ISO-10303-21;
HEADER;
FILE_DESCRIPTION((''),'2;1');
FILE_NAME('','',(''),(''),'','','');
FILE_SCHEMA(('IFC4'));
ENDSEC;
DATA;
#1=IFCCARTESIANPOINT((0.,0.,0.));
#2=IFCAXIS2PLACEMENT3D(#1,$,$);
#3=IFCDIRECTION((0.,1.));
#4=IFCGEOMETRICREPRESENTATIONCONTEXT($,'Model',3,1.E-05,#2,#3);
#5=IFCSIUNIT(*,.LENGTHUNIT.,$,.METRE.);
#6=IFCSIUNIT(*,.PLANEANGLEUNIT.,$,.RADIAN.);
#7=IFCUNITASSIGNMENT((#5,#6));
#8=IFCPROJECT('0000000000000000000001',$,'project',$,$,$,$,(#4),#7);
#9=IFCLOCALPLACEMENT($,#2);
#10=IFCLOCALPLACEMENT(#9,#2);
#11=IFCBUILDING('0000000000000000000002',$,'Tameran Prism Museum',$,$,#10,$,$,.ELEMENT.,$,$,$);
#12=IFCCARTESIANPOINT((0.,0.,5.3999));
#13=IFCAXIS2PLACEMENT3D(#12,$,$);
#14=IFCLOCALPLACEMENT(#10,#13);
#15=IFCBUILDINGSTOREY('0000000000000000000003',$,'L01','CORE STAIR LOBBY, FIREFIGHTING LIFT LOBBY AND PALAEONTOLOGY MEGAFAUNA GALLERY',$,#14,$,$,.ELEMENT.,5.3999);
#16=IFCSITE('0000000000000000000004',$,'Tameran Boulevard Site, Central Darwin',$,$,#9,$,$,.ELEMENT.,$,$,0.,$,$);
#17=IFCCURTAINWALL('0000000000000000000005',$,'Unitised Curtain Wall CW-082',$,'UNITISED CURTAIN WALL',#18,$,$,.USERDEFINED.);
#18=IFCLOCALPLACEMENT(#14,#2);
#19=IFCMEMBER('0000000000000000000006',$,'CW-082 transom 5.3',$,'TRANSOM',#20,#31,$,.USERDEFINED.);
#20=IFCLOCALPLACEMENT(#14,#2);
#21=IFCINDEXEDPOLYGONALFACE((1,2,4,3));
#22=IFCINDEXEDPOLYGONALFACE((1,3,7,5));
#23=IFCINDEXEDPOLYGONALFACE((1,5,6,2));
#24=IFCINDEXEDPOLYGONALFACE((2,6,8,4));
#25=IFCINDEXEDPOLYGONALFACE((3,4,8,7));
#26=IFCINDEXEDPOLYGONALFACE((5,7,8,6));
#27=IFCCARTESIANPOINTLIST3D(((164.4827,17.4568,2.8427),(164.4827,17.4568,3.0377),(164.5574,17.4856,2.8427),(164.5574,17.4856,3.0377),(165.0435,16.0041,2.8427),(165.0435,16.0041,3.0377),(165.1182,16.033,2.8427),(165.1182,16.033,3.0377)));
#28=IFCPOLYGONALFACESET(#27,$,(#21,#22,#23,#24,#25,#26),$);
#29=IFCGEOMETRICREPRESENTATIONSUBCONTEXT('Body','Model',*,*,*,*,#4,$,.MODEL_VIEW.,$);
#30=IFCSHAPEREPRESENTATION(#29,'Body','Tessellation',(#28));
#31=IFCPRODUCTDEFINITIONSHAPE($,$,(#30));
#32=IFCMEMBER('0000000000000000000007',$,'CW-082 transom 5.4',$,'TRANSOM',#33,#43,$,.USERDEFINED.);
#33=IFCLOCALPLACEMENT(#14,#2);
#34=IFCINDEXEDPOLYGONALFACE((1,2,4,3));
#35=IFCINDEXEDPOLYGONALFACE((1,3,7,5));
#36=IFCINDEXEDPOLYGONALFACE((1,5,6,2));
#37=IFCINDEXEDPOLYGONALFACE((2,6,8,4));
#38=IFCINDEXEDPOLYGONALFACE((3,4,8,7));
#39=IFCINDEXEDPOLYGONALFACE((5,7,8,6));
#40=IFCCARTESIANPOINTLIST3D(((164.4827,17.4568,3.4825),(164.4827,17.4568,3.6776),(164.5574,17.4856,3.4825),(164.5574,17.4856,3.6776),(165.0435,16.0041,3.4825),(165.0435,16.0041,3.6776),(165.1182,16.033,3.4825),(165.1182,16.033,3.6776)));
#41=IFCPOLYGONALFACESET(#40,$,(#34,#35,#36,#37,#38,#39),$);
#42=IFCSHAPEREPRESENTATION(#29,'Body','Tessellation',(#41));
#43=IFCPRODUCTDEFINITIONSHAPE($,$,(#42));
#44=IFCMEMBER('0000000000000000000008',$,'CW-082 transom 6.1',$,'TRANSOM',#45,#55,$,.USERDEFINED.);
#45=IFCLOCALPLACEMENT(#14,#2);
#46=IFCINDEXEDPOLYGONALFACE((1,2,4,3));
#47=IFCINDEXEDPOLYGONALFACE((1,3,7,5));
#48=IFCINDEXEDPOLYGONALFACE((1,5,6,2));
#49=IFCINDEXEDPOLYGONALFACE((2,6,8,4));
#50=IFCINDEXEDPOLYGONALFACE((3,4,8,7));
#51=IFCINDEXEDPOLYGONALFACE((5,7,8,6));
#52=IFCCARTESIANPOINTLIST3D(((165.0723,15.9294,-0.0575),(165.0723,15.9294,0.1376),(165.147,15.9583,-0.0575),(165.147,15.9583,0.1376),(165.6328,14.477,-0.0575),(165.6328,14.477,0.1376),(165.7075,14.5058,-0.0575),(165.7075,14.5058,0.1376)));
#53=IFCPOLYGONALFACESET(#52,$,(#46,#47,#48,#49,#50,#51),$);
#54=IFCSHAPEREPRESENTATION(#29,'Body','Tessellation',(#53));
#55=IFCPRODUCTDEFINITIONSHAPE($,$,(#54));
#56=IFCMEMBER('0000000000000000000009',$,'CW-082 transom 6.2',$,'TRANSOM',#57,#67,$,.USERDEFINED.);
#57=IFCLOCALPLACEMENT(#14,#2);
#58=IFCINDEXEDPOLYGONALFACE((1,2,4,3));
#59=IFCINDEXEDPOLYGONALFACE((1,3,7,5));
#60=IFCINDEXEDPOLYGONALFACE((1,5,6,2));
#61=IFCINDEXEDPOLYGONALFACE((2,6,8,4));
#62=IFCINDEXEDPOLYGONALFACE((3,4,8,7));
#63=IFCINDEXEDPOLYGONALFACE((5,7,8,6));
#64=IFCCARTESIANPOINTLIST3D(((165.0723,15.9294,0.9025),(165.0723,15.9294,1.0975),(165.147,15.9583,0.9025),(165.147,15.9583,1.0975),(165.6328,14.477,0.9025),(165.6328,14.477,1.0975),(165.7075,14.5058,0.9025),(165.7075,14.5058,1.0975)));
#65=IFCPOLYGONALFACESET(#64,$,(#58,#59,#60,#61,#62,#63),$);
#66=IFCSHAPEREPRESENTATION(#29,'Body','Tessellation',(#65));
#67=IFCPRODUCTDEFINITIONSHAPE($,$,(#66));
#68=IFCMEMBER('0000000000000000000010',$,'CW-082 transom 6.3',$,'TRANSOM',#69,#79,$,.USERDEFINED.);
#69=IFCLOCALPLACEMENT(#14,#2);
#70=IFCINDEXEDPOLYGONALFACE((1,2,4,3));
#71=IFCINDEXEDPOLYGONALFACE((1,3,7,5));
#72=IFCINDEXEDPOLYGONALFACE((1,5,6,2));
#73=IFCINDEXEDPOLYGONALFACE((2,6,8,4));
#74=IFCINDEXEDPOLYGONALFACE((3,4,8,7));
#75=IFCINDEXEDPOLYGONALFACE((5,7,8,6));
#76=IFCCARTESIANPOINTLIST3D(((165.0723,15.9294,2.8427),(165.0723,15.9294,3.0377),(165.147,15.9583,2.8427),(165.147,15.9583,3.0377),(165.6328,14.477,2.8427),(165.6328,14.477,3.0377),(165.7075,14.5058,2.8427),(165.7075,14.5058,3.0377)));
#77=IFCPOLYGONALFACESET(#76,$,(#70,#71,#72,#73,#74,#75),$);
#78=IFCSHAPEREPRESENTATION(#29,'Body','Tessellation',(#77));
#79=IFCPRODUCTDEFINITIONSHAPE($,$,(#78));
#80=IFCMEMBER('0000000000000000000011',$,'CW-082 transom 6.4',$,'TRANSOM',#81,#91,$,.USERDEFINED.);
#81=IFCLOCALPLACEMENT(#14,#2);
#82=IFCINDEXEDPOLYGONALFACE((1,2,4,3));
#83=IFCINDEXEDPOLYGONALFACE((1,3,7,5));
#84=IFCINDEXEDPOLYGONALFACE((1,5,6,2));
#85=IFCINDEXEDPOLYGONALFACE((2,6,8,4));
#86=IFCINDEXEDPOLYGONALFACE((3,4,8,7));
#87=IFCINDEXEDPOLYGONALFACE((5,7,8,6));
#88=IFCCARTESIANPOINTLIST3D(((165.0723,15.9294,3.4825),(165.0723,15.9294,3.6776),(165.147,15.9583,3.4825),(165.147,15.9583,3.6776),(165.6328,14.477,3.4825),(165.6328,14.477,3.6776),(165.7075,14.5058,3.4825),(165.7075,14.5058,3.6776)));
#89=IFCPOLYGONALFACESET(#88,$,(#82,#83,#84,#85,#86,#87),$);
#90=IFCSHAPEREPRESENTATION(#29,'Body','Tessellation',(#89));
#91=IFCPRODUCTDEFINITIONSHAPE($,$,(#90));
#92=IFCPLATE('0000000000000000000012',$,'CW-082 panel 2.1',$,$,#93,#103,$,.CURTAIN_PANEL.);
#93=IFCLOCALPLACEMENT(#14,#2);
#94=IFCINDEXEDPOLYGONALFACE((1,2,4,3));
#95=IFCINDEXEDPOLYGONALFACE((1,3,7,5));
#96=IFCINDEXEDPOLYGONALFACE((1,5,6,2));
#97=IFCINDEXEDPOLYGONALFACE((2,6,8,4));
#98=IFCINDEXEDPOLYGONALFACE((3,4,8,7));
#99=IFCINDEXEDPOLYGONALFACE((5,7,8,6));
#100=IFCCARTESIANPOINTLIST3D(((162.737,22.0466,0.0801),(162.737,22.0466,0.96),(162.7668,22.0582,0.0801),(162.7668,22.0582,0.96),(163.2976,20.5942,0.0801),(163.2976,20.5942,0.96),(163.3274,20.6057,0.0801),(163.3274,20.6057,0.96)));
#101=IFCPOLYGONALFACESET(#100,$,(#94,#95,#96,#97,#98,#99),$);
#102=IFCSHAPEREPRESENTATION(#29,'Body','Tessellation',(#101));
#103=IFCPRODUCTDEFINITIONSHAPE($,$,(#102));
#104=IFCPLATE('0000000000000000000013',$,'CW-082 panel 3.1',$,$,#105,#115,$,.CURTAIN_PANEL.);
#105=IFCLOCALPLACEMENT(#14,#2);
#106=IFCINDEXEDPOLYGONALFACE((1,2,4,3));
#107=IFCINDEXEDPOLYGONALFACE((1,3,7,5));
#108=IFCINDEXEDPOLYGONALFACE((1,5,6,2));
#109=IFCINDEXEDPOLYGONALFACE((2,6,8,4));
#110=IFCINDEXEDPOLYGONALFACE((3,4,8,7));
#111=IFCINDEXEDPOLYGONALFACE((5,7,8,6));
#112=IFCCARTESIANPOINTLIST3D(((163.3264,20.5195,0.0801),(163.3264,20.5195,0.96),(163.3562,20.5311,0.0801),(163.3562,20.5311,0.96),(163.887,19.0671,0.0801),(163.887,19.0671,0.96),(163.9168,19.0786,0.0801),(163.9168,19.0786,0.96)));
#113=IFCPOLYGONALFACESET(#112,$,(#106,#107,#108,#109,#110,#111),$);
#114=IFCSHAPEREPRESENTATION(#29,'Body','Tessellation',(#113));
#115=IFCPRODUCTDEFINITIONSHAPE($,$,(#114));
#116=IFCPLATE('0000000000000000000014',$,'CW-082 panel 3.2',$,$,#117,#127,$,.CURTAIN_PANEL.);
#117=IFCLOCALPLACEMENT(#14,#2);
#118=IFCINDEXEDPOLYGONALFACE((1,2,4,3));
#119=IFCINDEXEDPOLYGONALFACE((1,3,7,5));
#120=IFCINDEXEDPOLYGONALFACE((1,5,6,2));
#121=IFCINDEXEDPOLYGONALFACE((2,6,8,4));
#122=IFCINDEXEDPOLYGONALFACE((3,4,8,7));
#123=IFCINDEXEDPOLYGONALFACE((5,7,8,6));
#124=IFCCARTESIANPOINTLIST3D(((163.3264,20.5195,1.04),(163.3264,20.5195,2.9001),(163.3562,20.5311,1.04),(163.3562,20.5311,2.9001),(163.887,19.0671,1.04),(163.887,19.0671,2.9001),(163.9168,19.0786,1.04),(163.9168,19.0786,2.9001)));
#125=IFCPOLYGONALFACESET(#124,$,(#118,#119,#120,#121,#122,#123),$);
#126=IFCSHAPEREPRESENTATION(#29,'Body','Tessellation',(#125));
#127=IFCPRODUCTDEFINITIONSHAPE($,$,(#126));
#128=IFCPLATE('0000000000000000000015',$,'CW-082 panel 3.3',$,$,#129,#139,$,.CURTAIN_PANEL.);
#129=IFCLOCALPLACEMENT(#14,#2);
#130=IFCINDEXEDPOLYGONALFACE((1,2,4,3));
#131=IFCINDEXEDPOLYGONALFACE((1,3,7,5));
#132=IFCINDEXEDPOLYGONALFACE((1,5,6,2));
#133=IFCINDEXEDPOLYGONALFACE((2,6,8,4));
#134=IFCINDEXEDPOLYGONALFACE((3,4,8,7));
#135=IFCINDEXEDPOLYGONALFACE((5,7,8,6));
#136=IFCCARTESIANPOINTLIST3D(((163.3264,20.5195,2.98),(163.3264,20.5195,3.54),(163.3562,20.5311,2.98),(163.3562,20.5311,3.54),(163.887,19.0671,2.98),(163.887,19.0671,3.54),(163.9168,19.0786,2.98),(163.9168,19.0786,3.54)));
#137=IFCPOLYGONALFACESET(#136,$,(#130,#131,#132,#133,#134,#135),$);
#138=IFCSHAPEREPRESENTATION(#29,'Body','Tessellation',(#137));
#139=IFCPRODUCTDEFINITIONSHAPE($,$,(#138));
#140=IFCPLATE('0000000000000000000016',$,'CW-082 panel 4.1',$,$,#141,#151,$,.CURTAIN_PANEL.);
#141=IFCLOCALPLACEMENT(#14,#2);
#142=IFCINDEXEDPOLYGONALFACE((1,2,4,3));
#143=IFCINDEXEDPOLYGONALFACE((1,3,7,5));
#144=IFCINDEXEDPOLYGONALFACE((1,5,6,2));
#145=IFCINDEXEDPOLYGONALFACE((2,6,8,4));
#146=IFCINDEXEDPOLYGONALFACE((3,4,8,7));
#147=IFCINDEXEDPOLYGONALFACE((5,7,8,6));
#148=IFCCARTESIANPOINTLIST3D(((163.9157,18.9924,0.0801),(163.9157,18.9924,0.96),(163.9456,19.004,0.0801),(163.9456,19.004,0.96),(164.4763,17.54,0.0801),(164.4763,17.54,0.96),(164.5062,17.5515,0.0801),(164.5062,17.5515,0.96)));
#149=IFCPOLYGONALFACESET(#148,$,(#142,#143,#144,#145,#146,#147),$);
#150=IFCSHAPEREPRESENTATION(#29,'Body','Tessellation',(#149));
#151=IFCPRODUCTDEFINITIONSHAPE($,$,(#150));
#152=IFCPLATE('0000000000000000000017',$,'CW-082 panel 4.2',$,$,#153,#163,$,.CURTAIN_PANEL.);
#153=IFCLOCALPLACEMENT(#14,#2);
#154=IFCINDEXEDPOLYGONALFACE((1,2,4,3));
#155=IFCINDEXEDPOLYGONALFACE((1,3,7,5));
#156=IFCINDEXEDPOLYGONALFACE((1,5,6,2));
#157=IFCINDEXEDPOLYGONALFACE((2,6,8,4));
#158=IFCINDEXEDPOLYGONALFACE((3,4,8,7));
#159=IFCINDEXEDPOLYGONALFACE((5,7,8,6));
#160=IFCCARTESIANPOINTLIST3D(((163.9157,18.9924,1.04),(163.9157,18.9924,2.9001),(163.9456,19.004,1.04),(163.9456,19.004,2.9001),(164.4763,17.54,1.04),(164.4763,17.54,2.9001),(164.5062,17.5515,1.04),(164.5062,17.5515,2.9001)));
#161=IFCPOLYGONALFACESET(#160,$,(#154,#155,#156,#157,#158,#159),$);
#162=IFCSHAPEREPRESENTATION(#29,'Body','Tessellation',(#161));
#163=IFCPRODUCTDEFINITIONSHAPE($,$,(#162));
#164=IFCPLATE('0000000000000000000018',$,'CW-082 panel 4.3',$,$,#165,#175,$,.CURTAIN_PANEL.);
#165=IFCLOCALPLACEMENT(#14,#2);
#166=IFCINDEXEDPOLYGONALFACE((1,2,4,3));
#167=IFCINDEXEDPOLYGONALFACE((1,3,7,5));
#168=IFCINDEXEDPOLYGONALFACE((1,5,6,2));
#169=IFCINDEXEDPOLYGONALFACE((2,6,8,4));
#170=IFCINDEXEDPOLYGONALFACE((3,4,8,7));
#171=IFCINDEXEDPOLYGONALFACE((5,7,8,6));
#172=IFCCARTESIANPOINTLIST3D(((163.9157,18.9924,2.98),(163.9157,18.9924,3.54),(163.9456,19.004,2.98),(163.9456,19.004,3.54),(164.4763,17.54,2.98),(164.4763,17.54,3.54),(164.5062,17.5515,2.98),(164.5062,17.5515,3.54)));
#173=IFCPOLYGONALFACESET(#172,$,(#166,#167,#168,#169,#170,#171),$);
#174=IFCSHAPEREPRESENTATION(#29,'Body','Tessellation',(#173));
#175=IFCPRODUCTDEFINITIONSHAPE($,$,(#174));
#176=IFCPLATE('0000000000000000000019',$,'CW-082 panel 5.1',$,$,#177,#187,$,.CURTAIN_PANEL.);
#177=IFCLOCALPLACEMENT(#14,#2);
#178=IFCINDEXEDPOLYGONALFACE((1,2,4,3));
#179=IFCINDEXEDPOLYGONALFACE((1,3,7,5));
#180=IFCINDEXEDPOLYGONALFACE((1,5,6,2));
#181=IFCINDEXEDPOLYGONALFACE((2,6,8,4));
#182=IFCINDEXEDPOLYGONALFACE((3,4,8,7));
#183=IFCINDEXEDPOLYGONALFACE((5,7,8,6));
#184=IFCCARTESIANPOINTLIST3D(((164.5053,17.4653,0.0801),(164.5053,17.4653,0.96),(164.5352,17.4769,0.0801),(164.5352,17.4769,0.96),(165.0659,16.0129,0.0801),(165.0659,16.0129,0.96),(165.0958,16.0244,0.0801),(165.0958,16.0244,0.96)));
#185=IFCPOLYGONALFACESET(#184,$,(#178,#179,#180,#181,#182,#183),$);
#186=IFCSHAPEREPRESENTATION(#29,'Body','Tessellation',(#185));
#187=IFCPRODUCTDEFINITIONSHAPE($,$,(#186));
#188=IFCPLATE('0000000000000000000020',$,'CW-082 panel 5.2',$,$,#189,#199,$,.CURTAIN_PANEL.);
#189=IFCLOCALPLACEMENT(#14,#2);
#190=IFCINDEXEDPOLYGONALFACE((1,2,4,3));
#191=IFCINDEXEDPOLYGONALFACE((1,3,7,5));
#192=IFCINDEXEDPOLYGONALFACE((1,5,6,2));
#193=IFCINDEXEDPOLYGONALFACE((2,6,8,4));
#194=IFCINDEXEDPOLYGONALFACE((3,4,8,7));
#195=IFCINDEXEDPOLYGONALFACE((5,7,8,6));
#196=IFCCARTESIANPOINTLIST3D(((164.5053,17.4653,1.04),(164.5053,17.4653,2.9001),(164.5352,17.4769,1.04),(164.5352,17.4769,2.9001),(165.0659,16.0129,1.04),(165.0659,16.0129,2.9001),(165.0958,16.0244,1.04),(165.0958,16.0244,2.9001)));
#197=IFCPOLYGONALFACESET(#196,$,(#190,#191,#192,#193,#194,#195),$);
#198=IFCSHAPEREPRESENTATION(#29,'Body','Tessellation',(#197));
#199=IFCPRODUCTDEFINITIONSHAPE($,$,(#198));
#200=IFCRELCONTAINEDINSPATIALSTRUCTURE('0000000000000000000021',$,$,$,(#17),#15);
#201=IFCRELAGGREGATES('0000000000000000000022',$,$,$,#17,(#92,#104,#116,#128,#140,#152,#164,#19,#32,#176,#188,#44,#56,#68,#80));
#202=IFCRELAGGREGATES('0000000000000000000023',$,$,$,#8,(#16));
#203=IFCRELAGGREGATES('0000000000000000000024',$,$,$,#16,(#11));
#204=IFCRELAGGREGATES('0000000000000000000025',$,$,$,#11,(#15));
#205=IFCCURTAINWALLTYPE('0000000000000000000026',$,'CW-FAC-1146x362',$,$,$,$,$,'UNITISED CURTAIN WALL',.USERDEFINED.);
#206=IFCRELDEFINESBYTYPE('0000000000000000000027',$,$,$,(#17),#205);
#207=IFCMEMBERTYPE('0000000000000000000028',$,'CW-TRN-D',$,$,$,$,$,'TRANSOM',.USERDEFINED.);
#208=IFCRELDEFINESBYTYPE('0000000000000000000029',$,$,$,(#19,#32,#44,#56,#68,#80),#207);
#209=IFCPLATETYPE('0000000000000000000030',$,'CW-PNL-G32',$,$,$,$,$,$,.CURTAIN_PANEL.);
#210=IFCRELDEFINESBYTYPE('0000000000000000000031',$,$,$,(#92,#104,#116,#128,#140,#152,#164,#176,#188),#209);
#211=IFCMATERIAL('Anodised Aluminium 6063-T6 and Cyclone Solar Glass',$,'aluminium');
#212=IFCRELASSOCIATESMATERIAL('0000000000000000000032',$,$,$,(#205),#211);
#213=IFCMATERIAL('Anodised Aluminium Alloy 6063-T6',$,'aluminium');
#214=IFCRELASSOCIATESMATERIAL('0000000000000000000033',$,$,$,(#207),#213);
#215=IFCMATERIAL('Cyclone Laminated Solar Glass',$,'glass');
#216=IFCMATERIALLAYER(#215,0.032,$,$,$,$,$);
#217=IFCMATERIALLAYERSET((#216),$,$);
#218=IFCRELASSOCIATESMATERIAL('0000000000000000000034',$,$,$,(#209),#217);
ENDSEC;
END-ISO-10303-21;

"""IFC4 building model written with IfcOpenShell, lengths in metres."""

from ifc_helpers import new_model, si_unit, direction, frame, origin, origin_2d, place, context, subcontext, project, spatial, rectangle, extrude, material, layer, layer_set, material_profile, profile_set, type_object, element, aggregate, save


model = new_model("IFC4")

# Units and contexts
model_context = context("Model", 3, precision=1e-05, world=origin(), true_north=direction((0.0, 1.0)))
body_context = subcontext(model_context, "Body", "Model", "MODEL_VIEW")
ifc_project = project(units=[si_unit("LENGTHUNIT", "METRE"), si_unit("PLANEANGLEUNIT", "RADIAN")], contexts=[model_context])

# Site, building, storey
site_placement = place(None, origin())
site = spatial("IfcSite", under=ifc_project, at=site_placement, Name="Tameran Boulevard Site, Central Darwin", CompositionType="ELEMENT", RefElevation=0.0)
building_placement = place(site_placement, origin())
building = spatial("IfcBuilding", under=site, at=building_placement, Name="Tameran Prism Museum", CompositionType="ELEMENT")
storey_placement = place(building_placement, frame((0.0, 0.0, 5.3999)))
storey = spatial("IfcBuildingStorey", under=building, at=storey_placement, Name="L01", Description="CORE STAIR LOBBY, FIREFIGHTING LIFT LOBBY AND PALAEONTOLOGY MEGAFAUNA GALLERY", CompositionType="ELEMENT", Elevation=5.3999)

# Curtain wall, members, plates
ifc_material_1 = material(Name="Anodised Aluminium 6063-T6 and Cyclone Solar Glass", Category="aluminium")
curtain_wall_type = type_object("IfcCurtainWallType", Name="CW-FAC-1146x362", ElementType="UNITISED CURTAIN WALL", PredefinedType="USERDEFINED", material=ifc_material_1)
curtain_wall_placement = place(storey_placement, origin())
curtain_wall = element("IfcCurtainWall", 1, at=curtain_wall_placement, inside=storey, type_object=curtain_wall_type, Name="Unitised Curtain Wall CW-082", ObjectType="UNITISED CURTAIN WALL", PredefinedType="USERDEFINED")
ifc_material_2 = material(Name="Anodised Aluminium Alloy 6063-T6", Category="aluminium")
ifc_material_profile_1 = material_profile(ifc_material_2, rectangle(XDim=0.0801, YDim=0.1951, at=origin_2d()))
ifc_profile_set_1 = profile_set([ifc_material_profile_1])
member_type_1 = type_object("IfcMemberType", Name="CW-TRN-D", ElementType="TRANSOM", PredefinedType="USERDEFINED", material=ifc_profile_set_1)
member_1_placement = place(storey_placement, frame((164.52, 17.4712, 2.9402), z_axis=(0.360145, -0.932896, 0.0), x_axis=(0.932896, 0.360145, 0.0)))
member_1 = element("IfcMember", 2, at=member_1_placement, type_object=member_type_1, Name="CW-082 transom 5.3", ObjectType="TRANSOM", PredefinedType="USERDEFINED", context=body_context, shape_type="SweptSolid", body=[
    extrude(rectangle(XDim=0.0801, YDim=0.1951, at=origin_2d()), origin(), (0.0, 0.0, 1.0), 1.5571),
])
member_2_placement = place(storey_placement, frame((164.52, 17.4712, 3.5801), z_axis=(0.360145, -0.932896, 0.0), x_axis=(0.932896, 0.360145, 0.0)))
member_2 = element("IfcMember", 3, at=member_2_placement, type_object=member_type_1, Name="CW-082 transom 5.4", ObjectType="TRANSOM", PredefinedType="USERDEFINED", context=body_context, shape_type="SweptSolid", body=[
    extrude(rectangle(XDim=0.0801, YDim=0.1951, at=origin_2d()), origin(), (0.0, 0.0, 1.0), 1.5571),
])
member_3_placement = place(storey_placement, frame((165.1096, 15.9438, 0.04), z_axis=(0.360061, -0.932929, 0.0), x_axis=(0.932929, 0.360061, 0.0)))
member_3 = element("IfcMember", 4, at=member_3_placement, type_object=member_type_1, Name="CW-082 transom 6.1", ObjectType="TRANSOM", PredefinedType="USERDEFINED", context=body_context, shape_type="SweptSolid", body=[
    extrude(rectangle(XDim=0.0801, YDim=0.1951, at=origin_2d()), origin(), (0.0, 0.0, 1.0), 1.5569),
])
member_4_placement = place(storey_placement, frame((165.1096, 15.9438, 1.0), z_axis=(0.360061, -0.932929, 0.0), x_axis=(0.932929, 0.360061, 0.0)))
member_4 = element("IfcMember", 5, at=member_4_placement, type_object=member_type_1, Name="CW-082 transom 6.2", ObjectType="TRANSOM", PredefinedType="USERDEFINED", context=body_context, shape_type="SweptSolid", body=[
    extrude(rectangle(XDim=0.0801, YDim=0.1951, at=origin_2d()), origin(), (0.0, 0.0, 1.0), 1.5569),
])
member_5_placement = place(storey_placement, frame((165.1096, 15.9438, 2.9402), z_axis=(0.360061, -0.932929, 0.0), x_axis=(0.932929, 0.360061, 0.0)))
member_5 = element("IfcMember", 6, at=member_5_placement, type_object=member_type_1, Name="CW-082 transom 6.3", ObjectType="TRANSOM", PredefinedType="USERDEFINED", context=body_context, shape_type="SweptSolid", body=[
    extrude(rectangle(XDim=0.0801, YDim=0.1951, at=origin_2d()), origin(), (0.0, 0.0, 1.0), 1.5569),
])
member_6_placement = place(storey_placement, frame((165.1096, 15.9438, 3.5801), z_axis=(0.360061, -0.932929, 0.0), x_axis=(0.932929, 0.360061, 0.0)))
member_6 = element("IfcMember", 7, at=member_6_placement, type_object=member_type_1, Name="CW-082 transom 6.4", ObjectType="TRANSOM", PredefinedType="USERDEFINED", context=body_context, shape_type="SweptSolid", body=[
    extrude(rectangle(XDim=0.0801, YDim=0.1951, at=origin_2d()), origin(), (0.0, 0.0, 1.0), 1.5569),
])
ifc_material_3 = material(Name="Cyclone Laminated Solar Glass", Category="glass")
ifc_layer = layer(ifc_material_3, 0.032)
ifc_layer_set = layer_set([ifc_layer])
plate_type = type_object("IfcPlateType", Name="CW-PNL-G32", PredefinedType="CURTAIN_PANEL", material=ifc_layer_set)
plate_1_placement = place(storey_placement, frame((163.0322, 21.3262, 0.0801), z_axis=(0.0, 0.0, 1.0), x_axis=(0.360078, -0.932922, 0.0)))
plate_1 = element("IfcPlate", 8, at=plate_1_placement, type_object=plate_type, Name="CW-082 panel 2.1", PredefinedType="CURTAIN_PANEL", context=body_context, shape_type="SweptSolid", body=[
    extrude(rectangle(XDim=1.5569, YDim=0.032, at=origin_2d()), origin(), (0.0, 0.0, 1.0), 0.8799),
])
plate_2_placement = place(storey_placement, frame((163.6216, 19.7991, 0.0801), z_axis=(0.0, 0.0, 1.0), x_axis=(0.360078, -0.932922, 0.0)))
plate_2 = element("IfcPlate", 9, at=plate_2_placement, type_object=plate_type, Name="CW-082 panel 3.1", PredefinedType="CURTAIN_PANEL", context=body_context, shape_type="SweptSolid", body=[
    extrude(rectangle(XDim=1.5569, YDim=0.032, at=origin_2d()), origin(), (0.0, 0.0, 1.0), 0.8799),
])
plate_3_placement = place(storey_placement, frame((163.6216, 19.7991, 1.04), z_axis=(0.0, 0.0, 1.0), x_axis=(0.360078, -0.932922, 0.0)))
plate_3 = element("IfcPlate", 10, at=plate_3_placement, type_object=plate_type, Name="CW-082 panel 3.2", PredefinedType="CURTAIN_PANEL", context=body_context, shape_type="SweptSolid", body=[
    extrude(rectangle(XDim=1.5569, YDim=0.032, at=origin_2d()), origin(), (0.0, 0.0, 1.0), 1.8601),
])
plate_4_placement = place(storey_placement, frame((163.6216, 19.7991, 2.98), z_axis=(0.0, 0.0, 1.0), x_axis=(0.360078, -0.932922, 0.0)))
plate_4 = element("IfcPlate", 11, at=plate_4_placement, type_object=plate_type, Name="CW-082 panel 3.3", PredefinedType="CURTAIN_PANEL", context=body_context, shape_type="SweptSolid", body=[
    extrude(rectangle(XDim=1.5569, YDim=0.032, at=origin_2d()), origin(), (0.0, 0.0, 1.0), 0.5601),
])
plate_5_placement = place(storey_placement, frame((164.2109, 18.272, 0.0801), z_axis=(0.0, 0.0, 1.0), x_axis=(0.360078, -0.932922, 0.0)))
plate_5 = element("IfcPlate", 12, at=plate_5_placement, type_object=plate_type, Name="CW-082 panel 4.1", PredefinedType="CURTAIN_PANEL", context=body_context, shape_type="SweptSolid", body=[
    extrude(rectangle(XDim=1.5569, YDim=0.032, at=origin_2d()), origin(), (0.0, 0.0, 1.0), 0.8799),
])
plate_6_placement = place(storey_placement, frame((164.2109, 18.272, 1.04), z_axis=(0.0, 0.0, 1.0), x_axis=(0.360078, -0.932922, 0.0)))
plate_6 = element("IfcPlate", 13, at=plate_6_placement, type_object=plate_type, Name="CW-082 panel 4.2", PredefinedType="CURTAIN_PANEL", context=body_context, shape_type="SweptSolid", body=[
    extrude(rectangle(XDim=1.5569, YDim=0.032, at=origin_2d()), origin(), (0.0, 0.0, 1.0), 1.8601),
])
plate_7_placement = place(storey_placement, frame((164.2109, 18.272, 2.98), z_axis=(0.0, 0.0, 1.0), x_axis=(0.360078, -0.932922, 0.0)))
plate_7 = element("IfcPlate", 14, at=plate_7_placement, type_object=plate_type, Name="CW-082 panel 4.3", PredefinedType="CURTAIN_PANEL", context=body_context, shape_type="SweptSolid", body=[
    extrude(rectangle(XDim=1.5569, YDim=0.032, at=origin_2d()), origin(), (0.0, 0.0, 1.0), 0.5601),
])
plate_8_placement = place(storey_placement, frame((164.8005, 16.7449, 0.0801), z_axis=(0.0, 0.0, 1.0), x_axis=(0.360078, -0.932922, 0.0)))
plate_8 = element("IfcPlate", 15, at=plate_8_placement, type_object=plate_type, Name="CW-082 panel 5.1", PredefinedType="CURTAIN_PANEL", context=body_context, shape_type="SweptSolid", body=[
    extrude(rectangle(XDim=1.5569, YDim=0.032, at=origin_2d()), origin(), (0.0, 0.0, 1.0), 0.8799),
])
plate_9_placement = place(storey_placement, frame((164.8005, 16.7449, 1.04), z_axis=(0.0, 0.0, 1.0), x_axis=(0.360078, -0.932922, 0.0)))
plate_9 = element("IfcPlate", 16, at=plate_9_placement, type_object=plate_type, Name="CW-082 panel 5.2", PredefinedType="CURTAIN_PANEL", context=body_context, shape_type="SweptSolid", body=[
    extrude(rectangle(XDim=1.5569, YDim=0.032, at=origin_2d()), origin(), (0.0, 0.0, 1.0), 1.8601),
])
aggregate(curtain_wall, [plate_1, plate_2, plate_3, plate_4, plate_5, plate_6, plate_7, member_1, member_2, plate_8, plate_9, member_3, member_4, member_5, member_6])

save(model, "model.ifc")
